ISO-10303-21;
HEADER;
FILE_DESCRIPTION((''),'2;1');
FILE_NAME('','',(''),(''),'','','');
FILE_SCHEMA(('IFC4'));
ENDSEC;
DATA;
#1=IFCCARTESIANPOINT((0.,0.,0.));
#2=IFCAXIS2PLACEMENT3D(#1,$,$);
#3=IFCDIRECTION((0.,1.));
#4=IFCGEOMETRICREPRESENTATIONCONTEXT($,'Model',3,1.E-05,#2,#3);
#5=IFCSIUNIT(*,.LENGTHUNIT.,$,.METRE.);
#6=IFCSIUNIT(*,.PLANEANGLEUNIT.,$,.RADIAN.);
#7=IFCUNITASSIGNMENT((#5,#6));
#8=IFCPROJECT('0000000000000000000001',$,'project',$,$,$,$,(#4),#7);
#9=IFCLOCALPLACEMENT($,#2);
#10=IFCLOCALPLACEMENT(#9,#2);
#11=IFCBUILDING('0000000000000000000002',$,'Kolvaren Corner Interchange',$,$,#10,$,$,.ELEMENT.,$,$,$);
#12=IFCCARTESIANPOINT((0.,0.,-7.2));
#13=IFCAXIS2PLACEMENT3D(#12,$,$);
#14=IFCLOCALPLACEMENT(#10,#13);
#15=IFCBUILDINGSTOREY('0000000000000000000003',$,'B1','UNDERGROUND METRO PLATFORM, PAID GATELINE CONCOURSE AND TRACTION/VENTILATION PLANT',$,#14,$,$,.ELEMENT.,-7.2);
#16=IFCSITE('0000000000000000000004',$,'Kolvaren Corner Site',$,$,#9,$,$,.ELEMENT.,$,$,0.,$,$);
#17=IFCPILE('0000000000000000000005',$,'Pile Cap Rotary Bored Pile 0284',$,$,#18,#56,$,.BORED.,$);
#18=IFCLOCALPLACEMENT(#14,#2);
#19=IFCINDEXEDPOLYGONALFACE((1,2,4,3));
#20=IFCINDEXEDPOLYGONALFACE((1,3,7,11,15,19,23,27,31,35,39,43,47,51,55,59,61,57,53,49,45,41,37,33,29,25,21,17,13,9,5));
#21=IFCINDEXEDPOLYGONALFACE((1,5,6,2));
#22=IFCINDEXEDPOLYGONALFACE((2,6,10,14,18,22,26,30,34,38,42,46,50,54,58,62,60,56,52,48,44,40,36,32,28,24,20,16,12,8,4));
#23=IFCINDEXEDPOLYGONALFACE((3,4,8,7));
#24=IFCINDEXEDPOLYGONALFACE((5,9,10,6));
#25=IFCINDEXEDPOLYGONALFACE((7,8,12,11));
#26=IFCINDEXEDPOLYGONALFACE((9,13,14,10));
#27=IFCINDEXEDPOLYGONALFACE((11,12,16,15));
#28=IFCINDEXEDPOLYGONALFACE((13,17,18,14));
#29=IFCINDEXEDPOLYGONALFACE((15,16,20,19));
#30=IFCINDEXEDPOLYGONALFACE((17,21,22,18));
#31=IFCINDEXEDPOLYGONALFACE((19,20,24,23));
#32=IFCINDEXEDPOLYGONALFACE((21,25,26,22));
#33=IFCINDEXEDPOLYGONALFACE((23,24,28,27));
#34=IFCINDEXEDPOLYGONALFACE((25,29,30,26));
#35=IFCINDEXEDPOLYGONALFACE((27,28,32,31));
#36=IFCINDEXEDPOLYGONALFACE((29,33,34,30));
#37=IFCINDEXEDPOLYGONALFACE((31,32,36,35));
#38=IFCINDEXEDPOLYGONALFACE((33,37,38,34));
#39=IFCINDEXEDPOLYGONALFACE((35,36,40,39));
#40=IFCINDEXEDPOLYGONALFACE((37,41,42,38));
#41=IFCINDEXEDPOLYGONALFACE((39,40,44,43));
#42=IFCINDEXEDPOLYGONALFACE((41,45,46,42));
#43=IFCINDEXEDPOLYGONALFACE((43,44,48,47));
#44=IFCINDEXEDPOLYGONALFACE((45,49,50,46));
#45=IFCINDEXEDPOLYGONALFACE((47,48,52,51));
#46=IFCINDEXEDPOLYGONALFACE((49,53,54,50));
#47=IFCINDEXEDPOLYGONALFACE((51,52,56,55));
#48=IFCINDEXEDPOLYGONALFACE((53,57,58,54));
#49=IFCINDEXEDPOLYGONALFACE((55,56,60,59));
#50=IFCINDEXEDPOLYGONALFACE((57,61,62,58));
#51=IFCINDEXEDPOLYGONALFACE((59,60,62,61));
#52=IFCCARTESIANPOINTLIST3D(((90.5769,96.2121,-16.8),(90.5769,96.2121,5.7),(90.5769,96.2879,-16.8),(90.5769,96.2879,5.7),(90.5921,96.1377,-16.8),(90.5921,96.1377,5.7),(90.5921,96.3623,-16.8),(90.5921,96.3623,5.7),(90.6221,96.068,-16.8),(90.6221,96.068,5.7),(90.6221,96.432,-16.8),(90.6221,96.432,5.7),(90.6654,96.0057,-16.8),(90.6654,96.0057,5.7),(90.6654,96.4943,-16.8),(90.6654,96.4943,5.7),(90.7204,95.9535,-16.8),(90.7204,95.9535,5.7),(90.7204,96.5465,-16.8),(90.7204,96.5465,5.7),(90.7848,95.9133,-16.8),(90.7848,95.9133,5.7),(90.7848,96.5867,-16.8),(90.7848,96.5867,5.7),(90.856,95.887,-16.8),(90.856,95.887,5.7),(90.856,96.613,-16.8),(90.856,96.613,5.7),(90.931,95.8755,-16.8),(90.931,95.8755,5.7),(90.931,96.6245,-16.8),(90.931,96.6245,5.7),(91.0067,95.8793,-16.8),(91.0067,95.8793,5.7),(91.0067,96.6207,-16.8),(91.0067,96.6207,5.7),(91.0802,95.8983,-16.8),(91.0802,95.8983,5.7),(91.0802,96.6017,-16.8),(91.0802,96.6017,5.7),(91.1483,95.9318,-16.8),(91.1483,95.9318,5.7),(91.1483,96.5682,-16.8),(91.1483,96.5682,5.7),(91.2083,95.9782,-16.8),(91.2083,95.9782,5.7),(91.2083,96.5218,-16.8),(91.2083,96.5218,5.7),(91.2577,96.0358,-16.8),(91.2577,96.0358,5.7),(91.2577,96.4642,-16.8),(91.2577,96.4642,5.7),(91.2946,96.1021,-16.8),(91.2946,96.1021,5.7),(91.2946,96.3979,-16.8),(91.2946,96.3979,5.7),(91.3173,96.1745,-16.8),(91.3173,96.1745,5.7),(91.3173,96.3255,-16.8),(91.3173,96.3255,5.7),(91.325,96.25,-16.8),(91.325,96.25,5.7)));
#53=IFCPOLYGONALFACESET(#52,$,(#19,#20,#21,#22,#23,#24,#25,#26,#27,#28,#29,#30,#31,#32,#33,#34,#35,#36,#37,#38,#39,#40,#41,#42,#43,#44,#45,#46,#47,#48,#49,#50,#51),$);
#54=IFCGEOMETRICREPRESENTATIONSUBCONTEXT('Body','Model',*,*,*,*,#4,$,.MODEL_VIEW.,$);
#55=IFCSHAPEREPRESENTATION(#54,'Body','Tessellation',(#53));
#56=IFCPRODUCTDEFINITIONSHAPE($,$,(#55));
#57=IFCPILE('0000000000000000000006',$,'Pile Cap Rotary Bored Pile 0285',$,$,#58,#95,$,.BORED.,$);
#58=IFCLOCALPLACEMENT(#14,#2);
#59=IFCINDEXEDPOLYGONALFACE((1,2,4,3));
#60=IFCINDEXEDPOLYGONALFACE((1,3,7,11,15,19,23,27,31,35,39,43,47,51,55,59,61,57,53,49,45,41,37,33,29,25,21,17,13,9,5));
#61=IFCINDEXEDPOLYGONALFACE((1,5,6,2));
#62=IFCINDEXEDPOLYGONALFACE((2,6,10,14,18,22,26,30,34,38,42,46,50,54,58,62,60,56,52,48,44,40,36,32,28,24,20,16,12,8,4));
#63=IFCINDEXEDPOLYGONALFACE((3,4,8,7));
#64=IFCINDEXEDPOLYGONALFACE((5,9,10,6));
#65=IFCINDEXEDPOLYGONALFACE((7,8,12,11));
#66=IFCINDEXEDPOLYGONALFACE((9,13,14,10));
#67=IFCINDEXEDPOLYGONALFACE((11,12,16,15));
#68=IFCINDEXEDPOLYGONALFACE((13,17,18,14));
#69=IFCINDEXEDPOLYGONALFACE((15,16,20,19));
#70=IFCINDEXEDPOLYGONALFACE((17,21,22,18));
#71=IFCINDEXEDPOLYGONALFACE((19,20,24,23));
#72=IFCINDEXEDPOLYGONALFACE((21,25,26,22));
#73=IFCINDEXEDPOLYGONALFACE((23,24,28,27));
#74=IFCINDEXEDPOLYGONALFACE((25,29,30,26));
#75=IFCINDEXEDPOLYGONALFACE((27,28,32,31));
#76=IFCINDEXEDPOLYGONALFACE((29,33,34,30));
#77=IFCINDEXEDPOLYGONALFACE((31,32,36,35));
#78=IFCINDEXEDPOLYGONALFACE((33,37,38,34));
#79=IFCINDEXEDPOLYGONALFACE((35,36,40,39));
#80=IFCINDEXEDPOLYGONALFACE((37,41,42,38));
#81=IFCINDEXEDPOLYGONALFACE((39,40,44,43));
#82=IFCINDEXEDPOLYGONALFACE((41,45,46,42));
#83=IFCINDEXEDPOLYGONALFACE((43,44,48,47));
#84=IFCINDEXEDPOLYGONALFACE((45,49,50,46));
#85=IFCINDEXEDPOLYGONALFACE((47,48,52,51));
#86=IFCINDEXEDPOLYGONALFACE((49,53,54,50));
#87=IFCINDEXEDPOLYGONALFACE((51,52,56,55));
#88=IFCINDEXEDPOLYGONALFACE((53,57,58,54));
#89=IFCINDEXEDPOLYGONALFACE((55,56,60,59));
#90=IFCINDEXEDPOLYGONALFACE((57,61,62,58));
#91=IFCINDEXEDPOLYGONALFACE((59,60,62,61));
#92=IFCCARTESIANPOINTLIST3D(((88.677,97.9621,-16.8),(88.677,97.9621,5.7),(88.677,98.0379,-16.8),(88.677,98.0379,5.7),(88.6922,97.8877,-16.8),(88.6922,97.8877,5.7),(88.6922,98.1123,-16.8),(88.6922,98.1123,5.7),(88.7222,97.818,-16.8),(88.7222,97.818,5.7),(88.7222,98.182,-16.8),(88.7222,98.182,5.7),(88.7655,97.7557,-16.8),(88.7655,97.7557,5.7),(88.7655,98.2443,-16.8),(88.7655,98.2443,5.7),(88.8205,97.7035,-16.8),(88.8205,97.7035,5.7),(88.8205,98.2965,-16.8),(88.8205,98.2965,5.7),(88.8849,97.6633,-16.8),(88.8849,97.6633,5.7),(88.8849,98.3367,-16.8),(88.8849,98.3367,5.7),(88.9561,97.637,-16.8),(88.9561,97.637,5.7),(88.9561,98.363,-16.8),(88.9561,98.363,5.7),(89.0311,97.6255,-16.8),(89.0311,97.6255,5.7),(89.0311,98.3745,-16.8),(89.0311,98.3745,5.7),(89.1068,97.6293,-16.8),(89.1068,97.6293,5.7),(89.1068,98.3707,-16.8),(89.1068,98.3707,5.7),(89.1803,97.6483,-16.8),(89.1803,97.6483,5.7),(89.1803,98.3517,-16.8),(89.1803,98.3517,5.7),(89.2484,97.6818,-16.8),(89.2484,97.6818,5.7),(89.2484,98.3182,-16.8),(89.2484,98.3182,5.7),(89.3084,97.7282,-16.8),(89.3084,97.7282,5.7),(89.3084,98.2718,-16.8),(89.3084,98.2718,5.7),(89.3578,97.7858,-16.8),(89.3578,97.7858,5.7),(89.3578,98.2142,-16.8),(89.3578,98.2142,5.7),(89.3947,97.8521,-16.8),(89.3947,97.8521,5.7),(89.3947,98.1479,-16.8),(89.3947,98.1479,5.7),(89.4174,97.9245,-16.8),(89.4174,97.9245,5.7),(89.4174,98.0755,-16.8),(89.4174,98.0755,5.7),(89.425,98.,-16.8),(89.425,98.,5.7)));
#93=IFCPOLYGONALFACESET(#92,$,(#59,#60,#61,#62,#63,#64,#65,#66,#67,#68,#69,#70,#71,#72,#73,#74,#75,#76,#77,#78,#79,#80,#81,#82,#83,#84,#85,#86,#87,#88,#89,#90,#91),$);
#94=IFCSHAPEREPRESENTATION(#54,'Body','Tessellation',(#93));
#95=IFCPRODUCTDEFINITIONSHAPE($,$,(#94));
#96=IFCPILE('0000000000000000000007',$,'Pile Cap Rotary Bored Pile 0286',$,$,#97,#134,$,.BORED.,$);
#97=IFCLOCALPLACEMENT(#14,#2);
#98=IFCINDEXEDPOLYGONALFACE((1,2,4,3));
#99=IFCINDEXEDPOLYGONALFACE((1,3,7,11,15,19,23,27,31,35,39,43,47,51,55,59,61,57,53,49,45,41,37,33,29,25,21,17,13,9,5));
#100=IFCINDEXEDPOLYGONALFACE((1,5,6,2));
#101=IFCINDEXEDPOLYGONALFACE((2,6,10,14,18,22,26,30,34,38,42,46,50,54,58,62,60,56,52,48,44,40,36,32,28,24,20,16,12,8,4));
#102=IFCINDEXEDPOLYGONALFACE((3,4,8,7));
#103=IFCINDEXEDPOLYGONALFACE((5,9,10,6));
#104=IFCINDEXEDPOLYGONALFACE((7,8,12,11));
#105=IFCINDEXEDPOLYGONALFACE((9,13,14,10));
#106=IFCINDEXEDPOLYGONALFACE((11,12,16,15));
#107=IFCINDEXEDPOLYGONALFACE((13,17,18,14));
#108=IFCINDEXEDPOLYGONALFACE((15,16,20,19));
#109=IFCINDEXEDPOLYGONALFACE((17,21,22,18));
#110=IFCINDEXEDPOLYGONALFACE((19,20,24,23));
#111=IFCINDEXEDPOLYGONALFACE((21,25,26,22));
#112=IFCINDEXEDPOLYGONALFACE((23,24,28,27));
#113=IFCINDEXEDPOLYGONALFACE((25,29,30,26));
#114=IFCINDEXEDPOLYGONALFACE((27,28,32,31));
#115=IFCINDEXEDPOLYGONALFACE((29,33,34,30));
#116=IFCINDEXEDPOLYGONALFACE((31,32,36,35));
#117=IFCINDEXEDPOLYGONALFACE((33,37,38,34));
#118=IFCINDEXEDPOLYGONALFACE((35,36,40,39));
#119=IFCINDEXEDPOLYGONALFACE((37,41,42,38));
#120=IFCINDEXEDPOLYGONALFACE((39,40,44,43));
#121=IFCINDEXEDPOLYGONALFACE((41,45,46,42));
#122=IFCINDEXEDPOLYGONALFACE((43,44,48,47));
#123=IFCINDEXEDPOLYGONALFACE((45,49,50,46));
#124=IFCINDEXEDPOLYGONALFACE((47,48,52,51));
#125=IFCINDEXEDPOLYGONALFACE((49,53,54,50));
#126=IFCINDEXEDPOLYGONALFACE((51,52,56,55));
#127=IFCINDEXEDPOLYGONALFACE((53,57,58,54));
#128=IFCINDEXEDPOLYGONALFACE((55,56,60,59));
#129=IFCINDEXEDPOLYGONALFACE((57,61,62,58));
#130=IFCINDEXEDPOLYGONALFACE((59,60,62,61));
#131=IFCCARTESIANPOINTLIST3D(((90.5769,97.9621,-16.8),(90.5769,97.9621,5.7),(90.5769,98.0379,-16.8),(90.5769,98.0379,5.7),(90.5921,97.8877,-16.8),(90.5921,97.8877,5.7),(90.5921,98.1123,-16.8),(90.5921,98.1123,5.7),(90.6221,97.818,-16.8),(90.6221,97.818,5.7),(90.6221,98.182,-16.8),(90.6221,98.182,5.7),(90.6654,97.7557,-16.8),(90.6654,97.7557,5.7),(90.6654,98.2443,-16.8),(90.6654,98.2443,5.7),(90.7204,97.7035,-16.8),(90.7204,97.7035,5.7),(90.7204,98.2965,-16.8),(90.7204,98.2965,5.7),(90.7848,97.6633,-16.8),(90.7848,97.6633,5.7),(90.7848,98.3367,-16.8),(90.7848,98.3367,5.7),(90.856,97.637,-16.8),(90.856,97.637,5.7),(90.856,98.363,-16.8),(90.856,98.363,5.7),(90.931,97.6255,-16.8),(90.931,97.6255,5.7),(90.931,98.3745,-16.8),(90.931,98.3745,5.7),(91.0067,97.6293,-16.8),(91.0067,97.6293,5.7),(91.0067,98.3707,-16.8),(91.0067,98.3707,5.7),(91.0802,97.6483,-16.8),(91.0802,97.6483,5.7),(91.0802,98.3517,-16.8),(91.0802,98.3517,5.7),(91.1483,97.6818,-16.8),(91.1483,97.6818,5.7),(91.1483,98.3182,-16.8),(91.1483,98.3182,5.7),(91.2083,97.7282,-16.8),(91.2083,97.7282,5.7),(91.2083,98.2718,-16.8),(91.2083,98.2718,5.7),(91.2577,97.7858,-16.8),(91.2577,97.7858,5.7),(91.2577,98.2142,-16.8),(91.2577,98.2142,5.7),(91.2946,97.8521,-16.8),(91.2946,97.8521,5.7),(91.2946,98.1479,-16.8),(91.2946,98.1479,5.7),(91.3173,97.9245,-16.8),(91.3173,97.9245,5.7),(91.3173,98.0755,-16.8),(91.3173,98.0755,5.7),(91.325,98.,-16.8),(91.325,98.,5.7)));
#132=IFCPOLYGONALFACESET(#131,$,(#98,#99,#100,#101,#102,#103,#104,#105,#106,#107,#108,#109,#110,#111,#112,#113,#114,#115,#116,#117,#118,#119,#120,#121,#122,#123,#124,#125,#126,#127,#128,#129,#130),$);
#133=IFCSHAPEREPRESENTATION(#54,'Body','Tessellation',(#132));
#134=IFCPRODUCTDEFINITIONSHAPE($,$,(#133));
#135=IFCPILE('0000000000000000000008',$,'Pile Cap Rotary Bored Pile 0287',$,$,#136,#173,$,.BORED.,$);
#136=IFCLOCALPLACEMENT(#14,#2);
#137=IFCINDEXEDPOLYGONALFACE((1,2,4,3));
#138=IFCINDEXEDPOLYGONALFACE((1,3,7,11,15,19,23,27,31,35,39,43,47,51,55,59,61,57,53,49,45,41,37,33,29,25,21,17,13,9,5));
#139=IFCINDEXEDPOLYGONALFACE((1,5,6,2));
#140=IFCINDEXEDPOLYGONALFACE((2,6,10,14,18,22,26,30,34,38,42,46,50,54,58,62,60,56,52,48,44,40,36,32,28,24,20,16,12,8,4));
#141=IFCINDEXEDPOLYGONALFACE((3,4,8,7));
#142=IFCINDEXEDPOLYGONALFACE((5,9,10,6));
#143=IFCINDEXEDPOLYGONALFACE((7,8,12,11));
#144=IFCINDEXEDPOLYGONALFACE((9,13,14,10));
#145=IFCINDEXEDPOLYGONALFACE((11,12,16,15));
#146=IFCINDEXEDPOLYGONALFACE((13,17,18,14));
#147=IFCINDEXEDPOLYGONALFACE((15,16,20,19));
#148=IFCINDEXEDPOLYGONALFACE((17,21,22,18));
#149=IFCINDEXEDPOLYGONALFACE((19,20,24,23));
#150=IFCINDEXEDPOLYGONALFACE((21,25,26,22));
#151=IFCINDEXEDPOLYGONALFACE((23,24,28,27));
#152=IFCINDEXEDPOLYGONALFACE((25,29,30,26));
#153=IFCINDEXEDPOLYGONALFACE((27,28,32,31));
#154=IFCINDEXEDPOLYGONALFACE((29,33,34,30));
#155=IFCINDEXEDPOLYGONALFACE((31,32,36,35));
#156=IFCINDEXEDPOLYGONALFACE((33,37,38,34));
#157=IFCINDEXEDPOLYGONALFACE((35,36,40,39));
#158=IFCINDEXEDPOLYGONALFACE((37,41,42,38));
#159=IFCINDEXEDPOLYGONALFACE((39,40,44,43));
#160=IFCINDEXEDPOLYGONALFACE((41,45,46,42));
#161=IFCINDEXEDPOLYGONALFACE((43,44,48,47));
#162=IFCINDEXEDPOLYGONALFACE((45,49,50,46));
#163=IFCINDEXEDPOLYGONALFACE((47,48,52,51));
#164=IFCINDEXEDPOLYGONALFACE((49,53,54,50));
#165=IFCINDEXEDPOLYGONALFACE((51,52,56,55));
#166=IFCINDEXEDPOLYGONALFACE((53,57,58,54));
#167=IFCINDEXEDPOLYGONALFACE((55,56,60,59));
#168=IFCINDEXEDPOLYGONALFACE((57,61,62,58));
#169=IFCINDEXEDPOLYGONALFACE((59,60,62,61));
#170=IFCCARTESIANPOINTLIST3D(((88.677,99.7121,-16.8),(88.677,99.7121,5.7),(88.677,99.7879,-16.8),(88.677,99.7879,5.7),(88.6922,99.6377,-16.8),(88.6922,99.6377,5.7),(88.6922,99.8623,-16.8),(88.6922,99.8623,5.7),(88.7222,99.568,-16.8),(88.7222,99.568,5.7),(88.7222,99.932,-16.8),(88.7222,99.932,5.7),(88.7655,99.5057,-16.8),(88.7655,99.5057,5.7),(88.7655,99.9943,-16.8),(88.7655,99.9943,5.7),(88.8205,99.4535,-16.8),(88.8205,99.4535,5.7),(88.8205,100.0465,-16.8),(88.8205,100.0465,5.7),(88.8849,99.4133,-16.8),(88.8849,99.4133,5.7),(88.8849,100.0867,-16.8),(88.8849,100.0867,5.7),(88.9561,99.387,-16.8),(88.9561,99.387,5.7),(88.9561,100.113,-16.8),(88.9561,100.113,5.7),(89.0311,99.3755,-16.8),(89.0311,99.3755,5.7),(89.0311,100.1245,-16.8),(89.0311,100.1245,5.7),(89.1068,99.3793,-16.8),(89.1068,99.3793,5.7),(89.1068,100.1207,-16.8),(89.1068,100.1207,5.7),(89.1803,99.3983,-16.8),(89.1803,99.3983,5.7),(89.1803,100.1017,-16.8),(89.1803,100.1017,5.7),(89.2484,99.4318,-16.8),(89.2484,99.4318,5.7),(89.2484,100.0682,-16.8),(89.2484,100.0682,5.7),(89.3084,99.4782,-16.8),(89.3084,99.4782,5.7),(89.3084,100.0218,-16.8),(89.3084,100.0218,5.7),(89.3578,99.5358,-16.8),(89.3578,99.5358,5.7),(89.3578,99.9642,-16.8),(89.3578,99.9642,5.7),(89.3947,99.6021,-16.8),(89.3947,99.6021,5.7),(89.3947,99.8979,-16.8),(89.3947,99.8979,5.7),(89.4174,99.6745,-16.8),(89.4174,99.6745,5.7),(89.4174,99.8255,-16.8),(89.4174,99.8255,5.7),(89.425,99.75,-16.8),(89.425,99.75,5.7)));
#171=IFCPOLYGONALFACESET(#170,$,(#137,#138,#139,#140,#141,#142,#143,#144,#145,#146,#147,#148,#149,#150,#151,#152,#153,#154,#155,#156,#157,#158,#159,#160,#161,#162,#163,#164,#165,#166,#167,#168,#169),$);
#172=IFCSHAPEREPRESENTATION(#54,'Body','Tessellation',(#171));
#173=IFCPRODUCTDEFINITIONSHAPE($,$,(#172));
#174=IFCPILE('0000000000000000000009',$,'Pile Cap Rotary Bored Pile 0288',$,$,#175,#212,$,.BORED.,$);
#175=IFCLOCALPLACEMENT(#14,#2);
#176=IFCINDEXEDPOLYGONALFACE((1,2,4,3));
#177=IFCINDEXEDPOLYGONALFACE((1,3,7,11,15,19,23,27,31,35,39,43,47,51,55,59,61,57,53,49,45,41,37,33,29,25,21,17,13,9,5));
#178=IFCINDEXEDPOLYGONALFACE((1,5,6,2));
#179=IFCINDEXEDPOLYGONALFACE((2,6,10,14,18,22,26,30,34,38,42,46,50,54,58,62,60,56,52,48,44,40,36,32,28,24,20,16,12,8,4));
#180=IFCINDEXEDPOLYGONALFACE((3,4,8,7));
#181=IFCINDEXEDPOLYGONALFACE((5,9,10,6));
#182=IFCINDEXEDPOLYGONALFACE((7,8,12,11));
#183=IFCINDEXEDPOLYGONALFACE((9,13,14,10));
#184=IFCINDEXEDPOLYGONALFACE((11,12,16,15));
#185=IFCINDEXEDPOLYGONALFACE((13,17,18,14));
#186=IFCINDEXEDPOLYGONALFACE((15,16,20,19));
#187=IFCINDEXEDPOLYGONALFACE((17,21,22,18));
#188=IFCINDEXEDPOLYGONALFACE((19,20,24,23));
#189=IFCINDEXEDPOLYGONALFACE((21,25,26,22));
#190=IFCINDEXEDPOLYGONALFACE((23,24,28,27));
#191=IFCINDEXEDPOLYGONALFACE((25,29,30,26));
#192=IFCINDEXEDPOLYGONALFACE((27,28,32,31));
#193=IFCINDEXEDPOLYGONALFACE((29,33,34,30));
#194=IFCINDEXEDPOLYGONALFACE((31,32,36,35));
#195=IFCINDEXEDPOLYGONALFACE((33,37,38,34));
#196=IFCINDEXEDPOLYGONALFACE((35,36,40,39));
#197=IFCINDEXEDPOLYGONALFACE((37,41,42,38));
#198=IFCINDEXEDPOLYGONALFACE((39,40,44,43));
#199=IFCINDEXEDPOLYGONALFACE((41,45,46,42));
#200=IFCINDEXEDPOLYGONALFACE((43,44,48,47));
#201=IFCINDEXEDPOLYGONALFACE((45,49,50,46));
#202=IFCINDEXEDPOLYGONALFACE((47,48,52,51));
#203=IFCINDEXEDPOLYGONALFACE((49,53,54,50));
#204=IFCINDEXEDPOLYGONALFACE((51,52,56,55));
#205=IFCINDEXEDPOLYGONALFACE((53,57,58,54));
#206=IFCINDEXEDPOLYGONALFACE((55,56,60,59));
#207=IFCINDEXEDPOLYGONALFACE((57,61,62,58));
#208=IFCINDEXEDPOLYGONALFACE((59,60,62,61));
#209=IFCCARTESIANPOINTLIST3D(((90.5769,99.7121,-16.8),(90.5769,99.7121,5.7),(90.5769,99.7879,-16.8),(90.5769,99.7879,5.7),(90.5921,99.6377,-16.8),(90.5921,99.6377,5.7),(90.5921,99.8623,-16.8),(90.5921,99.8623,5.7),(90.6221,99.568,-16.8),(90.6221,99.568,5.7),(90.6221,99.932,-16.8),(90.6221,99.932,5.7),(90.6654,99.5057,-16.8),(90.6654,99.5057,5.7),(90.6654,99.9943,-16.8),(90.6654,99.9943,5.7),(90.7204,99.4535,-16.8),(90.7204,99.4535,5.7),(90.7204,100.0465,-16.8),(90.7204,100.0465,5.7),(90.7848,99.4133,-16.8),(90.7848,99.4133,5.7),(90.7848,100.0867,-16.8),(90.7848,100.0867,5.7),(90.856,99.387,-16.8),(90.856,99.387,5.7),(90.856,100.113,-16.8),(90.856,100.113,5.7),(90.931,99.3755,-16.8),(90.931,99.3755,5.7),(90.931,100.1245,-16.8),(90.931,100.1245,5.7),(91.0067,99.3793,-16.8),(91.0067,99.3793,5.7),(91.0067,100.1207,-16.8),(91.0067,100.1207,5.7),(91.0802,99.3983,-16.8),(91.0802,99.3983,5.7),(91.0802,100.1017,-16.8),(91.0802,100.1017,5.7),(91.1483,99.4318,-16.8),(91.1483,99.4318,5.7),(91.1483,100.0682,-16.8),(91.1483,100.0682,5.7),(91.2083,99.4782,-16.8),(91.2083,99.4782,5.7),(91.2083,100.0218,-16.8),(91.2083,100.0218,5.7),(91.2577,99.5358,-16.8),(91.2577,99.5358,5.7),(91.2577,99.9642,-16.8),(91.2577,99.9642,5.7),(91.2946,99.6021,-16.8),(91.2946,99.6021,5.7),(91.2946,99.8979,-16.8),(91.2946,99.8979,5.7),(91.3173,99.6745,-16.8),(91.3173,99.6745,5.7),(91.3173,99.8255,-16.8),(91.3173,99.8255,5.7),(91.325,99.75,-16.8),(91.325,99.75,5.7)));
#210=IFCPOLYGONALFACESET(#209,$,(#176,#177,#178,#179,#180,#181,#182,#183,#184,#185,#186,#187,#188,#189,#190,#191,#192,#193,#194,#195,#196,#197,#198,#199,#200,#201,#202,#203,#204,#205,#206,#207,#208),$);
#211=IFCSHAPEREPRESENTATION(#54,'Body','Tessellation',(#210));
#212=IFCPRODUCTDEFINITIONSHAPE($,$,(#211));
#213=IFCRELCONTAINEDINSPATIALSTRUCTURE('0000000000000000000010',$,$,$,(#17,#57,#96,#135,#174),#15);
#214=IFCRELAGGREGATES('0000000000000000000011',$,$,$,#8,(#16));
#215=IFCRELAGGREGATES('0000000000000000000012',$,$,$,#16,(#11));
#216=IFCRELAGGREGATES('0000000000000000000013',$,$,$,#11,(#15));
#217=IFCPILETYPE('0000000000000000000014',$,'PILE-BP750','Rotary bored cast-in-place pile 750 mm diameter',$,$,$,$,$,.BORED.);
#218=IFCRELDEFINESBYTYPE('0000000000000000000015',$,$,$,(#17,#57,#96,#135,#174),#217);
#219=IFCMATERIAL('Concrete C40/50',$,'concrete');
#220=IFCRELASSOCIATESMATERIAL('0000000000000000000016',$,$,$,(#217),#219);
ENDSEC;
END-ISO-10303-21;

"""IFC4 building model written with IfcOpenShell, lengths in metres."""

from ifc_helpers import new_model, si_unit, direction, frame, origin, origin_2d, place, context, subcontext, project, spatial, circle, extrude, material, material_profile, profile_set, type_object, element, save


model = new_model("IFC4")

# Units and contexts
model_context = context("Model", 3, precision=1e-05, world=origin(), true_north=direction((0.0, 1.0)))
body_context = subcontext(model_context, "Body", "Model", "MODEL_VIEW")
ifc_project = project(units=[si_unit("LENGTHUNIT", "METRE"), si_unit("PLANEANGLEUNIT", "RADIAN")], contexts=[model_context])

# Site, building, storey
site_placement = place(None, origin())
site = spatial("IfcSite", under=ifc_project, at=site_placement, Name="Kolvaren Corner Site", CompositionType="ELEMENT", RefElevation=0.0)
building_placement = place(site_placement, origin())
building = spatial("IfcBuilding", under=site, at=building_placement, Name="Kolvaren Corner Interchange", CompositionType="ELEMENT")
storey_placement = place(building_placement, frame((0.0, 0.0, -7.2)))
storey = spatial("IfcBuildingStorey", under=building, at=storey_placement, Name="B1", Description="UNDERGROUND METRO PLATFORM, PAID GATELINE CONCOURSE AND TRACTION/VENTILATION PLANT", CompositionType="ELEMENT", Elevation=-7.2)

# Piles
ifc_material_1 = material(Name="Concrete C40/50", Category="concrete")
ifc_material_profile = material_profile(ifc_material_1, circle(Radius=0.375, at=origin_2d()), Name="BORED PILE 750")
ifc_profile_set = profile_set([ifc_material_profile], Name="Concrete C40/50")
pile_type = type_object("IfcPileType", Name="PILE-BP750", Description="Rotary bored cast-in-place pile 750 mm diameter", PredefinedType="BORED", material=ifc_profile_set)
for number, where, z_axis, x_axis, name in (
    (1, (90.95, 96.25, 5.7), (0.0, 0.0, -1.0), (1.0, 0.0, 0.0), "Pile Cap Rotary Bored Pile 0284"),
    (2, (89.05, 98.0, 5.7), (0.0, 0.0, -1.0), (1.0, 0.0, 0.0), "Pile Cap Rotary Bored Pile 0285"),
    (3, (90.95, 98.0, 5.7), (0.0, 0.0, -1.0), (1.0, 0.0, 0.0), "Pile Cap Rotary Bored Pile 0286"),
    (4, (89.05, 99.75, 5.7), (0.0, 0.0, -1.0), (1.0, 0.0, 0.0), "Pile Cap Rotary Bored Pile 0287"),
    (5, (90.95, 99.75, 5.7), (0.0, 0.0, -1.0), (1.0, 0.0, 0.0), "Pile Cap Rotary Bored Pile 0288"),
):
    element("IfcPile", number, at=place(storey_placement, frame(where, z_axis=z_axis, x_axis=x_axis)), inside=storey, type_object=pile_type, Name=name, PredefinedType="BORED", context=body_context, shape_type="SweptSolid", body=[
        extrude(circle(Radius=0.375, at=origin_2d()), origin(), (0.0, 0.0, 1.0), 22.5),
    ])

save(model, "model.ifc")
